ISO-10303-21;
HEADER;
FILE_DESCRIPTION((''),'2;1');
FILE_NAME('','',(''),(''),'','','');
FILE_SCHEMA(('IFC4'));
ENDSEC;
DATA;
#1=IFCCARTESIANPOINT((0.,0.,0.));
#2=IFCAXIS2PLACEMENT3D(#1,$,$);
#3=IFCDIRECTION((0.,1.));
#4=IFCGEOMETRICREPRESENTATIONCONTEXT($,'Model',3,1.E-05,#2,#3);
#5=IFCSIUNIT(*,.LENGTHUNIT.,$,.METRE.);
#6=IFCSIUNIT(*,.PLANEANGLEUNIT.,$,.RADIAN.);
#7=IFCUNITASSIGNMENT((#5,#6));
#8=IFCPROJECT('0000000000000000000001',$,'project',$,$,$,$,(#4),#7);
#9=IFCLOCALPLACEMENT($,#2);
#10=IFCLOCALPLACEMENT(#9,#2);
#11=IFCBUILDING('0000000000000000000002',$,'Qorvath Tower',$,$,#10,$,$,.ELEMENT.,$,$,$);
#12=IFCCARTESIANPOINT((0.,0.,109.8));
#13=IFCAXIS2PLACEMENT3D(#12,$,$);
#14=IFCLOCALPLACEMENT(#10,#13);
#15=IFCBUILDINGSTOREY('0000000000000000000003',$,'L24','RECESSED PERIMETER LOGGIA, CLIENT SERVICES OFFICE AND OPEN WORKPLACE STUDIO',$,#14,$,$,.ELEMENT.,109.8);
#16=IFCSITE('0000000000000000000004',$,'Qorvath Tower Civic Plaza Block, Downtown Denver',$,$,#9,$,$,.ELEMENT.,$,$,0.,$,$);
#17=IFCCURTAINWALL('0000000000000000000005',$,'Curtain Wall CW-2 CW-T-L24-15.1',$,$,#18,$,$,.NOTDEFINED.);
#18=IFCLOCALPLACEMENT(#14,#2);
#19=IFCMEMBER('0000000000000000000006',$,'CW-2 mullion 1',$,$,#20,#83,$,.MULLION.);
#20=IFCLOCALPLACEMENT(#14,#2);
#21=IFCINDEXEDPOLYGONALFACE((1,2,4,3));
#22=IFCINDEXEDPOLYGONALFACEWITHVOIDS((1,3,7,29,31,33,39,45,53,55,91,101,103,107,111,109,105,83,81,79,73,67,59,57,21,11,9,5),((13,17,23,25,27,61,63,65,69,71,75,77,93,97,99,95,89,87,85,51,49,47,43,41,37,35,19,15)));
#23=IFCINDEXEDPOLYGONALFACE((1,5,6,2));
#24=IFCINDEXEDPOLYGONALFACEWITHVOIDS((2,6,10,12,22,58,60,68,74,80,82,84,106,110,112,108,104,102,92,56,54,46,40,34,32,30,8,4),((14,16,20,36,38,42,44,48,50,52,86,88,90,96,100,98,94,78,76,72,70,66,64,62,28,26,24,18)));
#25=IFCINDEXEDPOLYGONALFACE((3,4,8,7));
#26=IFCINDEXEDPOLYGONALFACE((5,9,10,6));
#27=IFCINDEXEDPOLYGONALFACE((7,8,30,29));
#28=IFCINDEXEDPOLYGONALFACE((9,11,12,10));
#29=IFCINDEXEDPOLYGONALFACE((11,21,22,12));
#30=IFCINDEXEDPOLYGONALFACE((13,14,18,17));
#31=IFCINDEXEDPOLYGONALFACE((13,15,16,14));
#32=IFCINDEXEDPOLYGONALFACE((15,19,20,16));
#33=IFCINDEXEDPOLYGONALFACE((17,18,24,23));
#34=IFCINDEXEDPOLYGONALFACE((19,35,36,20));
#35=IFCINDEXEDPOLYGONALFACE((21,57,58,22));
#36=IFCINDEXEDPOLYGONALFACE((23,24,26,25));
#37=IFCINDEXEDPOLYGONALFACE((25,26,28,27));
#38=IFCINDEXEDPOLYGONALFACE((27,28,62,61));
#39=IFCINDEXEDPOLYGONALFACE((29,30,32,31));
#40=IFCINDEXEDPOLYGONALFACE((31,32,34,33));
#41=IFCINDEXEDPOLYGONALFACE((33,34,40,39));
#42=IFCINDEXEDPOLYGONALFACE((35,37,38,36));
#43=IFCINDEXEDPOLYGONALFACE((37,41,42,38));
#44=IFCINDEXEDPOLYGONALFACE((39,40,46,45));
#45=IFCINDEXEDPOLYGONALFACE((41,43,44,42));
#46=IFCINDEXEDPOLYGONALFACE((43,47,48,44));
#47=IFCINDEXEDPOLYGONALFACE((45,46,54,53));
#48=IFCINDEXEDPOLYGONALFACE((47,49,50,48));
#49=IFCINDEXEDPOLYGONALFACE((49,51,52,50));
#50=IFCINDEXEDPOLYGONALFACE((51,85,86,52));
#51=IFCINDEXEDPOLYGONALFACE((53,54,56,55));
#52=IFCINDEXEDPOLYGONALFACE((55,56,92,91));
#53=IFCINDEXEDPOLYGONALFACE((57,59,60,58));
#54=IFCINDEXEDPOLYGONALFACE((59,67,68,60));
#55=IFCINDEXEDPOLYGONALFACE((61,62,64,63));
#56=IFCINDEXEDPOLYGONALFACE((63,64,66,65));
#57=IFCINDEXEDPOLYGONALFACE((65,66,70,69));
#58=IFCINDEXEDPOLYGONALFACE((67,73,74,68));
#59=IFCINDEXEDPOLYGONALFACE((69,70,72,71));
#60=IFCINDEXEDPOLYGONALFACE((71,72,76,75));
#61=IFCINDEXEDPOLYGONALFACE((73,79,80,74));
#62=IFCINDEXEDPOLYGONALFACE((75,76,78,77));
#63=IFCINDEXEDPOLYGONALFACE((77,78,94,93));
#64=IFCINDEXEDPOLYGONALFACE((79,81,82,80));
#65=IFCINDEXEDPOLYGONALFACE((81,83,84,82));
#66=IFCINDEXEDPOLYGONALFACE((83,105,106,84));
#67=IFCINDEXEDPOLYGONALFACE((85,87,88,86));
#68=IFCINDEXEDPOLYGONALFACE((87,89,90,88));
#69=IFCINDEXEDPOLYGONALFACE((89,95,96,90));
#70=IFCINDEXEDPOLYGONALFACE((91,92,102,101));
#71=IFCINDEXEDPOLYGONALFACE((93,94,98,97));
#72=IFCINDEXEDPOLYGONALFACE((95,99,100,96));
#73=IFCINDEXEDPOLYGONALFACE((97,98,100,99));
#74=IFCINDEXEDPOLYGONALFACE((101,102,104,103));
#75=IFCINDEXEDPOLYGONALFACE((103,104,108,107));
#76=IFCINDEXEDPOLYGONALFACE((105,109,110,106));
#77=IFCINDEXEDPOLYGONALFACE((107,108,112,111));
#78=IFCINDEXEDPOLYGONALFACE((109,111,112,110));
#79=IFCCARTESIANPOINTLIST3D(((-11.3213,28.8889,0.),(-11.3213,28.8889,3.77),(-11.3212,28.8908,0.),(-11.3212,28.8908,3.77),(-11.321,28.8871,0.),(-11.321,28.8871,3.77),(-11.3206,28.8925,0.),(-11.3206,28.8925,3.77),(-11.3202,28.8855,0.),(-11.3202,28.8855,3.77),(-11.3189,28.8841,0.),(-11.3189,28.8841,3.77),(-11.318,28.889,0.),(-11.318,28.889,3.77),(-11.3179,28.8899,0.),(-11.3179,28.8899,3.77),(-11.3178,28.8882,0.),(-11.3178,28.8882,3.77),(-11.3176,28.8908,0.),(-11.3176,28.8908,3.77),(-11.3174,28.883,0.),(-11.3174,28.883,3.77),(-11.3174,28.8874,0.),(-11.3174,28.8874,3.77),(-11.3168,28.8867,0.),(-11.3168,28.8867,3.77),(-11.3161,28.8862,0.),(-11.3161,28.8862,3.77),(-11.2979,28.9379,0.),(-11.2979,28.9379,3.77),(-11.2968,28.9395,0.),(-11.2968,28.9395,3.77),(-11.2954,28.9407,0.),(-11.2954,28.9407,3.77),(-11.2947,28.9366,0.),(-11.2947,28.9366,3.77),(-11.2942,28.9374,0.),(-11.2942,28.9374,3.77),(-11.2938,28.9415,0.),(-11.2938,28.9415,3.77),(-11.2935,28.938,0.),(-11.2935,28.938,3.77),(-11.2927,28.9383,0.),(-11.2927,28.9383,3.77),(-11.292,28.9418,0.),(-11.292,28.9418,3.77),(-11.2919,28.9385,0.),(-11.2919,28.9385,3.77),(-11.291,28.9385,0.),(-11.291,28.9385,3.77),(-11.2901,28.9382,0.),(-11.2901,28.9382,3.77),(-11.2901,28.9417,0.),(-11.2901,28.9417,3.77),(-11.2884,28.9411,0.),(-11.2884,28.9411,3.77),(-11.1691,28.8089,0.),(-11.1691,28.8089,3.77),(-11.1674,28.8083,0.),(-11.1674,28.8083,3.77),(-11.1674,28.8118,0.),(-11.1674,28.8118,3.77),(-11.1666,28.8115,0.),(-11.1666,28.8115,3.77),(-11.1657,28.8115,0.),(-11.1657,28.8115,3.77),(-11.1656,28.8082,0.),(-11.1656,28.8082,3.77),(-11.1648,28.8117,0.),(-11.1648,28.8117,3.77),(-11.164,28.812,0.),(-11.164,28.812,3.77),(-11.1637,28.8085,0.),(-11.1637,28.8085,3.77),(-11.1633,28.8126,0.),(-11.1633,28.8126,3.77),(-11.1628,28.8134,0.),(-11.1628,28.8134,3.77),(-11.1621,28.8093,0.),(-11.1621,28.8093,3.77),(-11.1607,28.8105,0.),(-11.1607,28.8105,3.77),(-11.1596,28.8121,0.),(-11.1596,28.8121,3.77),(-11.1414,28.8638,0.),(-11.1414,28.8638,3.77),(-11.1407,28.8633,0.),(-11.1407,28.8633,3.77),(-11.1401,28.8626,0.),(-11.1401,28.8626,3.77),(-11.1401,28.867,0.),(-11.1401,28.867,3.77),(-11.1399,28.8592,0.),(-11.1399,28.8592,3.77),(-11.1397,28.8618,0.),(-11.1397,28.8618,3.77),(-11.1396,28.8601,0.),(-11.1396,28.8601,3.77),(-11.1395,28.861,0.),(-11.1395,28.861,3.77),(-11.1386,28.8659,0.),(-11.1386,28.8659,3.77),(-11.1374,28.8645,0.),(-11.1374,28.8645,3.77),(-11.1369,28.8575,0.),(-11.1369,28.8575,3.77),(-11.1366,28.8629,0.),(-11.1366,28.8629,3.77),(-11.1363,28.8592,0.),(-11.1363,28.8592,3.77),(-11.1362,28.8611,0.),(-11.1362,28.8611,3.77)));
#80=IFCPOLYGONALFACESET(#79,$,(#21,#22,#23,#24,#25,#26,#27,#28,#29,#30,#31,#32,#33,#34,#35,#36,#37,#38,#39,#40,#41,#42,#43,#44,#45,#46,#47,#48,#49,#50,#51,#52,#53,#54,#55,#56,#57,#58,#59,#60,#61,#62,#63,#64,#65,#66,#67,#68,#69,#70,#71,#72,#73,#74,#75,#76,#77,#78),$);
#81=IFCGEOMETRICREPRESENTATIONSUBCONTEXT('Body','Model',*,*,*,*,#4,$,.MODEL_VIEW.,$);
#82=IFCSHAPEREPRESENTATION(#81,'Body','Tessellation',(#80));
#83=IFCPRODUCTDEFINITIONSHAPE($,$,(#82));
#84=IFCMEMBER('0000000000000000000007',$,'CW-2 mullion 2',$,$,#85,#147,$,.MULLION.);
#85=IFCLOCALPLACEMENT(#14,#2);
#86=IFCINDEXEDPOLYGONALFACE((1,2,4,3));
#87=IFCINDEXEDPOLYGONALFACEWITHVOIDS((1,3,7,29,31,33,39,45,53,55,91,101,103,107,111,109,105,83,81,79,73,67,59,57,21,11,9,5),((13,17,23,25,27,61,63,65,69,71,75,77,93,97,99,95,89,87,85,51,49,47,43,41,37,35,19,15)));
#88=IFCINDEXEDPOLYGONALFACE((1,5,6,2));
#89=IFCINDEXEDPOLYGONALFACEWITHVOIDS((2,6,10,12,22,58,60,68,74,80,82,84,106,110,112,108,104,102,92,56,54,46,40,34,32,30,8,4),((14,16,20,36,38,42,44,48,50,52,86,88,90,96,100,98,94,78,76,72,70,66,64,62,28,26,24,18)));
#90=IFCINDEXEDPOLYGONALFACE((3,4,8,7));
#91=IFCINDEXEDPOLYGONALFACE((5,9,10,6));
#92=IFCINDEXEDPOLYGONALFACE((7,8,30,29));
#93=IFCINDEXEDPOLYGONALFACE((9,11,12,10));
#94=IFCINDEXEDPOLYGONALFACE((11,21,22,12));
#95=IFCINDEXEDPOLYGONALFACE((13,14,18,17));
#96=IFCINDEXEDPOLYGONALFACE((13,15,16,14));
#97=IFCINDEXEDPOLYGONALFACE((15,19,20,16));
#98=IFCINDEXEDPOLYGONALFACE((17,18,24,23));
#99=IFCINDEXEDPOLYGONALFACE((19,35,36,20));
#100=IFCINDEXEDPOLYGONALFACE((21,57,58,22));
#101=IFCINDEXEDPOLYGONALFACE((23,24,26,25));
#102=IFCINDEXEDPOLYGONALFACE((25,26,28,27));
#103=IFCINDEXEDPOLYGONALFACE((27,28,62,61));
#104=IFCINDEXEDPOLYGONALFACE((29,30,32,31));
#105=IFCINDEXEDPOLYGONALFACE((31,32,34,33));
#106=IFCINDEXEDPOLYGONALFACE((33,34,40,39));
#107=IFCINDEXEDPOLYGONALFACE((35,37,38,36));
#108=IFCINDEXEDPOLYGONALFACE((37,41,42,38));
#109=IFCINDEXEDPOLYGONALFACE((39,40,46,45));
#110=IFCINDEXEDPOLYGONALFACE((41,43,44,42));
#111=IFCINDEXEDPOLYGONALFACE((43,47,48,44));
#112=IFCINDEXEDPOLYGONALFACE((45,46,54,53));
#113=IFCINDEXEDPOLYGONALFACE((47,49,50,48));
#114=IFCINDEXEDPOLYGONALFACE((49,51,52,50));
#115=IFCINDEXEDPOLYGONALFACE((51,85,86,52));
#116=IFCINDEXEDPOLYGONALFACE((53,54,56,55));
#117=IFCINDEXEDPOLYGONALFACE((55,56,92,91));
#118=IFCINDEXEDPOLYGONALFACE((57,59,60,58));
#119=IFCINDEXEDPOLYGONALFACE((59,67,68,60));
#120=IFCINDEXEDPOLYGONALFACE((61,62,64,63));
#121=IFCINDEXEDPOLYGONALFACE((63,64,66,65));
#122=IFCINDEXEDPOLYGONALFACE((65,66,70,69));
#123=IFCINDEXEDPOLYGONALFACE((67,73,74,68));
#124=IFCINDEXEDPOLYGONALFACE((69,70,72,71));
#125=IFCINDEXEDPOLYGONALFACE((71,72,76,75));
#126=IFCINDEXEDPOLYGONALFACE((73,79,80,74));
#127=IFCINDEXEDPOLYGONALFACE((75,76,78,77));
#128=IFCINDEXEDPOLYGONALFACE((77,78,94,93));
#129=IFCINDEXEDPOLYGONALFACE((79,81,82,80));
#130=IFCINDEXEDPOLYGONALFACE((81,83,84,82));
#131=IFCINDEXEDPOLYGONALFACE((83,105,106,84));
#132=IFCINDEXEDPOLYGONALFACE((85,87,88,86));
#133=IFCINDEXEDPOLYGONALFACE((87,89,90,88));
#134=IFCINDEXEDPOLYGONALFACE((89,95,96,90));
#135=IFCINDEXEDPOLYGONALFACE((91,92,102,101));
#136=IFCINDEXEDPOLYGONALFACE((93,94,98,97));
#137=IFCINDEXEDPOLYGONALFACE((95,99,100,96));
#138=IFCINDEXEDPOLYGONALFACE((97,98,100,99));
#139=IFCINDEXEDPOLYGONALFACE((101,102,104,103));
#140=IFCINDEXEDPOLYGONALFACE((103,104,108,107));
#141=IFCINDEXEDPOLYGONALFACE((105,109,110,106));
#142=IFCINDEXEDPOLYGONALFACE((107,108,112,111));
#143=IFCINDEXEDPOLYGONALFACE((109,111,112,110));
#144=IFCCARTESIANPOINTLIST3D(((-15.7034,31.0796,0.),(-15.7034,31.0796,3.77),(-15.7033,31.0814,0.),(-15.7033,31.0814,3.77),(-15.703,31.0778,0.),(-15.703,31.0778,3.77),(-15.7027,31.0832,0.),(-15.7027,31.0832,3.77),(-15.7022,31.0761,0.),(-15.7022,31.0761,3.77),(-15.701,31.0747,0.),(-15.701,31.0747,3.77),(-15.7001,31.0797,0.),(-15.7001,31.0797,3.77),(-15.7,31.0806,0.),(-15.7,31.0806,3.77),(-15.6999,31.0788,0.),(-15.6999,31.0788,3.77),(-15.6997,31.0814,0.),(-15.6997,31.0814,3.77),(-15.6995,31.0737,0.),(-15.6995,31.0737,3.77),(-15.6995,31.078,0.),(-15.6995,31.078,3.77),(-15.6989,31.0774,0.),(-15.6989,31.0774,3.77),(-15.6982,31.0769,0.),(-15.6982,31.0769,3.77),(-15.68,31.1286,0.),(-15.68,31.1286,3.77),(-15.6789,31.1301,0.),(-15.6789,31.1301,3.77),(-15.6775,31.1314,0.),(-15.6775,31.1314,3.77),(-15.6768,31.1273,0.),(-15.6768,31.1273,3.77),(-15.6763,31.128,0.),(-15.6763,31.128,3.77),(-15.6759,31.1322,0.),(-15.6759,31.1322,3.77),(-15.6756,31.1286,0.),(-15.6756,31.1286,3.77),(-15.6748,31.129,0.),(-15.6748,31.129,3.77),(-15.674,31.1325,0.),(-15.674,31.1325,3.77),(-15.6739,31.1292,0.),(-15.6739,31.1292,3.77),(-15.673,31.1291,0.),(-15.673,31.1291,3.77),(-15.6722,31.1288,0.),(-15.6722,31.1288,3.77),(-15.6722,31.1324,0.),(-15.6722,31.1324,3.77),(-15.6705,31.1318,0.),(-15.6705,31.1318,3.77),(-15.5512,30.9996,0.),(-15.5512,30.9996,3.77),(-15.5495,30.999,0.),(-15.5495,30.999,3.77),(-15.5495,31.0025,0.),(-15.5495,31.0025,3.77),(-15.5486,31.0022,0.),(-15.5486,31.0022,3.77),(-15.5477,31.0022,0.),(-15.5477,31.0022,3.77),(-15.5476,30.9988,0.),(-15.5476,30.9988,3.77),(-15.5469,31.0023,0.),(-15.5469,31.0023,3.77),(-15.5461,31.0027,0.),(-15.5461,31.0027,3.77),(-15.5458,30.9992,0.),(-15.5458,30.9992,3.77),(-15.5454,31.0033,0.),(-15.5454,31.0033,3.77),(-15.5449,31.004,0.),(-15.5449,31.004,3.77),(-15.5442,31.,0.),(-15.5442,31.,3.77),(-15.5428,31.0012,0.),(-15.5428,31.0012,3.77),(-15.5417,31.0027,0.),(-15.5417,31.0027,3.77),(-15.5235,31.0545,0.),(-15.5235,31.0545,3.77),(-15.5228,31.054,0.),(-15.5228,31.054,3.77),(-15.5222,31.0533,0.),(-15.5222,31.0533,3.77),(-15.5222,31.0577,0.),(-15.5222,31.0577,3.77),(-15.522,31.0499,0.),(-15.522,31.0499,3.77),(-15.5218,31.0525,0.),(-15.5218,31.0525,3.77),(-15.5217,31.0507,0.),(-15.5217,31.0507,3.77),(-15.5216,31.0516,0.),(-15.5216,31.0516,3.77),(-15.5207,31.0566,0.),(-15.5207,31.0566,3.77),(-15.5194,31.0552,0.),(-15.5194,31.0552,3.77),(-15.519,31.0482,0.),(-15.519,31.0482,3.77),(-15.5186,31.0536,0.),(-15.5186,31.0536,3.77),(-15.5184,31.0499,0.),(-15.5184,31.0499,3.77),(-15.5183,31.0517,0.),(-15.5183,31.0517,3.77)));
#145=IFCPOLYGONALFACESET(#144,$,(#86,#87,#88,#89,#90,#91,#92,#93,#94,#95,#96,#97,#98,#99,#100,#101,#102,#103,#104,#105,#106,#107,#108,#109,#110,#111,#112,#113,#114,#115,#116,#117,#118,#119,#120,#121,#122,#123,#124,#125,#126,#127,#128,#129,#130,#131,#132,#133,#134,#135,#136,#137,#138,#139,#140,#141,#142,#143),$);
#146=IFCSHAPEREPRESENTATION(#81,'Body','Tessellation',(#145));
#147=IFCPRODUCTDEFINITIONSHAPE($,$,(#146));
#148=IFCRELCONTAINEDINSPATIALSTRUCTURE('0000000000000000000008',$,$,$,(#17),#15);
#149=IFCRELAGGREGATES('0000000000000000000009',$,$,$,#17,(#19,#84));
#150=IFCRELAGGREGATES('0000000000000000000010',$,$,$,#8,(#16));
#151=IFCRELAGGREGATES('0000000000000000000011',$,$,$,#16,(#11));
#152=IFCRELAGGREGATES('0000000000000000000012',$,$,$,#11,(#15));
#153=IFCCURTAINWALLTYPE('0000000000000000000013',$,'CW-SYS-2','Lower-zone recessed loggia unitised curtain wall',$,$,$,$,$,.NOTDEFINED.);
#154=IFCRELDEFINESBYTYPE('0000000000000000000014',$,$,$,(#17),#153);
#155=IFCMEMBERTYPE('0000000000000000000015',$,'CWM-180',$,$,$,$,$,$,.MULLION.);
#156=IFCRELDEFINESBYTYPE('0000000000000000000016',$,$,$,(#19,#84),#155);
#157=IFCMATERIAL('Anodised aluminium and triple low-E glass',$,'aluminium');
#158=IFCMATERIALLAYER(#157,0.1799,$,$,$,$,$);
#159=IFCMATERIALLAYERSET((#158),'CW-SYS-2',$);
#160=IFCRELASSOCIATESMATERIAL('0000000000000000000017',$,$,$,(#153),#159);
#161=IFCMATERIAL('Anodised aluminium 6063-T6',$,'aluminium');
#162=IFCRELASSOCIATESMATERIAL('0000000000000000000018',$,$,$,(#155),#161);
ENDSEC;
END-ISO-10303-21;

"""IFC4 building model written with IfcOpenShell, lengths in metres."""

from ifc_helpers import new_model, si_unit, direction, frame, origin, origin_2d, place, context, subcontext, project, spatial, hollow_rectangle, extrude, material, layer, layer_set, material_profile, profile_set, type_object, element, aggregate, save


model = new_model("IFC4")

# Units and contexts
model_context = context("Model", 3, precision=1e-05, world=origin(), true_north=direction((0.0, 1.0)))
body_context = subcontext(model_context, "Body", "Model", "MODEL_VIEW")
ifc_project = project(units=[si_unit("LENGTHUNIT", "METRE"), si_unit("PLANEANGLEUNIT", "RADIAN")], contexts=[model_context])

# Site, building, storey
site_placement = place(None, origin())
site = spatial("IfcSite", under=ifc_project, at=site_placement, Name="Qorvath Tower Civic Plaza Block, Downtown Denver", CompositionType="ELEMENT", RefElevation=0.0)
building_placement = place(site_placement, origin())
building = spatial("IfcBuilding", under=site, at=building_placement, Name="Qorvath Tower", CompositionType="ELEMENT")
storey_placement = place(building_placement, frame((0.0, 0.0, 109.8)))
storey = spatial("IfcBuildingStorey", under=building, at=storey_placement, Name="L24", Description="RECESSED PERIMETER LOGGIA, CLIENT SERVICES OFFICE AND OPEN WORKPLACE STUDIO", CompositionType="ELEMENT", Elevation=109.8)

# Shared definitions
ifc_material_1 = material(Name="Anodised aluminium and triple low-E glass", Category="aluminium")
ifc_layer_1 = layer(ifc_material_1, 0.1799)
ifc_layer_set_1 = layer_set([ifc_layer_1], Name="CW-SYS-2")
curtain_wall_type = type_object("IfcCurtainWallType", Name="CW-SYS-2", Description="Lower-zone recessed loggia unitised curtain wall", PredefinedType="NOTDEFINED", material=ifc_layer_set_1)
ifc_material_2 = material(Name="Anodised aluminium 6063-T6", Category="aluminium")
ifc_material_profile_1 = material_profile(ifc_material_2, hollow_rectangle(XDim=0.0649, YDim=0.1799, WallThickness=0.0034, InnerFilletRadius=0.0034, OuterFilletRadius=0.0071, at=origin_2d()), Name="CWM 180x65")
ifc_profile_set_1 = profile_set([ifc_material_profile_1], Name="Anodised aluminium 6063-T6")
member_type_1 = type_object("IfcMemberType", Name="CWM-180", PredefinedType="MULLION", material=ifc_profile_set_1)

# Curtain wall, members
curtain_wall_1_placement = place(storey_placement, origin())
curtain_wall_1 = element("IfcCurtainWall", 1, at=curtain_wall_1_placement, inside=storey, type_object=curtain_wall_type, Name="Curtain Wall CW-2 CW-T-L24-15.1", PredefinedType="NOTDEFINED")
member_1_placement = place(storey_placement, frame((-11.2288, 28.875, 0.0), z_axis=(0.0, 0.0, 1.0), x_axis=(-0.447181, -0.894443, 0.0)))
member_1 = element("IfcMember", 2, at=member_1_placement, type_object=member_type_1, Name="CW-2 mullion 1", PredefinedType="MULLION", context=body_context, shape_type="SweptSolid", body=[
    extrude(hollow_rectangle(XDim=0.0649, YDim=0.1799, WallThickness=0.0034, InnerFilletRadius=0.0034, OuterFilletRadius=0.0071, at=origin_2d()), origin(), (0.0, 0.0, 1.0), 3.77),
])
member_2_placement = place(storey_placement, frame((-15.6108, 31.0657, 0.0), z_axis=(0.0, 0.0, 1.0), x_axis=(-0.447181, -0.894443, 0.0)))
member_2 = element("IfcMember", 3, at=member_2_placement, type_object=member_type_1, Name="CW-2 mullion 2", PredefinedType="MULLION", context=body_context, shape_type="SweptSolid", body=[
    extrude(hollow_rectangle(XDim=0.0649, YDim=0.1799, WallThickness=0.0034, InnerFilletRadius=0.0034, OuterFilletRadius=0.0071, at=origin_2d()), origin(), (0.0, 0.0, 1.0), 3.77),
])

aggregate(curtain_wall_1, [member_1, member_2])

save(model, "model.ifc")
